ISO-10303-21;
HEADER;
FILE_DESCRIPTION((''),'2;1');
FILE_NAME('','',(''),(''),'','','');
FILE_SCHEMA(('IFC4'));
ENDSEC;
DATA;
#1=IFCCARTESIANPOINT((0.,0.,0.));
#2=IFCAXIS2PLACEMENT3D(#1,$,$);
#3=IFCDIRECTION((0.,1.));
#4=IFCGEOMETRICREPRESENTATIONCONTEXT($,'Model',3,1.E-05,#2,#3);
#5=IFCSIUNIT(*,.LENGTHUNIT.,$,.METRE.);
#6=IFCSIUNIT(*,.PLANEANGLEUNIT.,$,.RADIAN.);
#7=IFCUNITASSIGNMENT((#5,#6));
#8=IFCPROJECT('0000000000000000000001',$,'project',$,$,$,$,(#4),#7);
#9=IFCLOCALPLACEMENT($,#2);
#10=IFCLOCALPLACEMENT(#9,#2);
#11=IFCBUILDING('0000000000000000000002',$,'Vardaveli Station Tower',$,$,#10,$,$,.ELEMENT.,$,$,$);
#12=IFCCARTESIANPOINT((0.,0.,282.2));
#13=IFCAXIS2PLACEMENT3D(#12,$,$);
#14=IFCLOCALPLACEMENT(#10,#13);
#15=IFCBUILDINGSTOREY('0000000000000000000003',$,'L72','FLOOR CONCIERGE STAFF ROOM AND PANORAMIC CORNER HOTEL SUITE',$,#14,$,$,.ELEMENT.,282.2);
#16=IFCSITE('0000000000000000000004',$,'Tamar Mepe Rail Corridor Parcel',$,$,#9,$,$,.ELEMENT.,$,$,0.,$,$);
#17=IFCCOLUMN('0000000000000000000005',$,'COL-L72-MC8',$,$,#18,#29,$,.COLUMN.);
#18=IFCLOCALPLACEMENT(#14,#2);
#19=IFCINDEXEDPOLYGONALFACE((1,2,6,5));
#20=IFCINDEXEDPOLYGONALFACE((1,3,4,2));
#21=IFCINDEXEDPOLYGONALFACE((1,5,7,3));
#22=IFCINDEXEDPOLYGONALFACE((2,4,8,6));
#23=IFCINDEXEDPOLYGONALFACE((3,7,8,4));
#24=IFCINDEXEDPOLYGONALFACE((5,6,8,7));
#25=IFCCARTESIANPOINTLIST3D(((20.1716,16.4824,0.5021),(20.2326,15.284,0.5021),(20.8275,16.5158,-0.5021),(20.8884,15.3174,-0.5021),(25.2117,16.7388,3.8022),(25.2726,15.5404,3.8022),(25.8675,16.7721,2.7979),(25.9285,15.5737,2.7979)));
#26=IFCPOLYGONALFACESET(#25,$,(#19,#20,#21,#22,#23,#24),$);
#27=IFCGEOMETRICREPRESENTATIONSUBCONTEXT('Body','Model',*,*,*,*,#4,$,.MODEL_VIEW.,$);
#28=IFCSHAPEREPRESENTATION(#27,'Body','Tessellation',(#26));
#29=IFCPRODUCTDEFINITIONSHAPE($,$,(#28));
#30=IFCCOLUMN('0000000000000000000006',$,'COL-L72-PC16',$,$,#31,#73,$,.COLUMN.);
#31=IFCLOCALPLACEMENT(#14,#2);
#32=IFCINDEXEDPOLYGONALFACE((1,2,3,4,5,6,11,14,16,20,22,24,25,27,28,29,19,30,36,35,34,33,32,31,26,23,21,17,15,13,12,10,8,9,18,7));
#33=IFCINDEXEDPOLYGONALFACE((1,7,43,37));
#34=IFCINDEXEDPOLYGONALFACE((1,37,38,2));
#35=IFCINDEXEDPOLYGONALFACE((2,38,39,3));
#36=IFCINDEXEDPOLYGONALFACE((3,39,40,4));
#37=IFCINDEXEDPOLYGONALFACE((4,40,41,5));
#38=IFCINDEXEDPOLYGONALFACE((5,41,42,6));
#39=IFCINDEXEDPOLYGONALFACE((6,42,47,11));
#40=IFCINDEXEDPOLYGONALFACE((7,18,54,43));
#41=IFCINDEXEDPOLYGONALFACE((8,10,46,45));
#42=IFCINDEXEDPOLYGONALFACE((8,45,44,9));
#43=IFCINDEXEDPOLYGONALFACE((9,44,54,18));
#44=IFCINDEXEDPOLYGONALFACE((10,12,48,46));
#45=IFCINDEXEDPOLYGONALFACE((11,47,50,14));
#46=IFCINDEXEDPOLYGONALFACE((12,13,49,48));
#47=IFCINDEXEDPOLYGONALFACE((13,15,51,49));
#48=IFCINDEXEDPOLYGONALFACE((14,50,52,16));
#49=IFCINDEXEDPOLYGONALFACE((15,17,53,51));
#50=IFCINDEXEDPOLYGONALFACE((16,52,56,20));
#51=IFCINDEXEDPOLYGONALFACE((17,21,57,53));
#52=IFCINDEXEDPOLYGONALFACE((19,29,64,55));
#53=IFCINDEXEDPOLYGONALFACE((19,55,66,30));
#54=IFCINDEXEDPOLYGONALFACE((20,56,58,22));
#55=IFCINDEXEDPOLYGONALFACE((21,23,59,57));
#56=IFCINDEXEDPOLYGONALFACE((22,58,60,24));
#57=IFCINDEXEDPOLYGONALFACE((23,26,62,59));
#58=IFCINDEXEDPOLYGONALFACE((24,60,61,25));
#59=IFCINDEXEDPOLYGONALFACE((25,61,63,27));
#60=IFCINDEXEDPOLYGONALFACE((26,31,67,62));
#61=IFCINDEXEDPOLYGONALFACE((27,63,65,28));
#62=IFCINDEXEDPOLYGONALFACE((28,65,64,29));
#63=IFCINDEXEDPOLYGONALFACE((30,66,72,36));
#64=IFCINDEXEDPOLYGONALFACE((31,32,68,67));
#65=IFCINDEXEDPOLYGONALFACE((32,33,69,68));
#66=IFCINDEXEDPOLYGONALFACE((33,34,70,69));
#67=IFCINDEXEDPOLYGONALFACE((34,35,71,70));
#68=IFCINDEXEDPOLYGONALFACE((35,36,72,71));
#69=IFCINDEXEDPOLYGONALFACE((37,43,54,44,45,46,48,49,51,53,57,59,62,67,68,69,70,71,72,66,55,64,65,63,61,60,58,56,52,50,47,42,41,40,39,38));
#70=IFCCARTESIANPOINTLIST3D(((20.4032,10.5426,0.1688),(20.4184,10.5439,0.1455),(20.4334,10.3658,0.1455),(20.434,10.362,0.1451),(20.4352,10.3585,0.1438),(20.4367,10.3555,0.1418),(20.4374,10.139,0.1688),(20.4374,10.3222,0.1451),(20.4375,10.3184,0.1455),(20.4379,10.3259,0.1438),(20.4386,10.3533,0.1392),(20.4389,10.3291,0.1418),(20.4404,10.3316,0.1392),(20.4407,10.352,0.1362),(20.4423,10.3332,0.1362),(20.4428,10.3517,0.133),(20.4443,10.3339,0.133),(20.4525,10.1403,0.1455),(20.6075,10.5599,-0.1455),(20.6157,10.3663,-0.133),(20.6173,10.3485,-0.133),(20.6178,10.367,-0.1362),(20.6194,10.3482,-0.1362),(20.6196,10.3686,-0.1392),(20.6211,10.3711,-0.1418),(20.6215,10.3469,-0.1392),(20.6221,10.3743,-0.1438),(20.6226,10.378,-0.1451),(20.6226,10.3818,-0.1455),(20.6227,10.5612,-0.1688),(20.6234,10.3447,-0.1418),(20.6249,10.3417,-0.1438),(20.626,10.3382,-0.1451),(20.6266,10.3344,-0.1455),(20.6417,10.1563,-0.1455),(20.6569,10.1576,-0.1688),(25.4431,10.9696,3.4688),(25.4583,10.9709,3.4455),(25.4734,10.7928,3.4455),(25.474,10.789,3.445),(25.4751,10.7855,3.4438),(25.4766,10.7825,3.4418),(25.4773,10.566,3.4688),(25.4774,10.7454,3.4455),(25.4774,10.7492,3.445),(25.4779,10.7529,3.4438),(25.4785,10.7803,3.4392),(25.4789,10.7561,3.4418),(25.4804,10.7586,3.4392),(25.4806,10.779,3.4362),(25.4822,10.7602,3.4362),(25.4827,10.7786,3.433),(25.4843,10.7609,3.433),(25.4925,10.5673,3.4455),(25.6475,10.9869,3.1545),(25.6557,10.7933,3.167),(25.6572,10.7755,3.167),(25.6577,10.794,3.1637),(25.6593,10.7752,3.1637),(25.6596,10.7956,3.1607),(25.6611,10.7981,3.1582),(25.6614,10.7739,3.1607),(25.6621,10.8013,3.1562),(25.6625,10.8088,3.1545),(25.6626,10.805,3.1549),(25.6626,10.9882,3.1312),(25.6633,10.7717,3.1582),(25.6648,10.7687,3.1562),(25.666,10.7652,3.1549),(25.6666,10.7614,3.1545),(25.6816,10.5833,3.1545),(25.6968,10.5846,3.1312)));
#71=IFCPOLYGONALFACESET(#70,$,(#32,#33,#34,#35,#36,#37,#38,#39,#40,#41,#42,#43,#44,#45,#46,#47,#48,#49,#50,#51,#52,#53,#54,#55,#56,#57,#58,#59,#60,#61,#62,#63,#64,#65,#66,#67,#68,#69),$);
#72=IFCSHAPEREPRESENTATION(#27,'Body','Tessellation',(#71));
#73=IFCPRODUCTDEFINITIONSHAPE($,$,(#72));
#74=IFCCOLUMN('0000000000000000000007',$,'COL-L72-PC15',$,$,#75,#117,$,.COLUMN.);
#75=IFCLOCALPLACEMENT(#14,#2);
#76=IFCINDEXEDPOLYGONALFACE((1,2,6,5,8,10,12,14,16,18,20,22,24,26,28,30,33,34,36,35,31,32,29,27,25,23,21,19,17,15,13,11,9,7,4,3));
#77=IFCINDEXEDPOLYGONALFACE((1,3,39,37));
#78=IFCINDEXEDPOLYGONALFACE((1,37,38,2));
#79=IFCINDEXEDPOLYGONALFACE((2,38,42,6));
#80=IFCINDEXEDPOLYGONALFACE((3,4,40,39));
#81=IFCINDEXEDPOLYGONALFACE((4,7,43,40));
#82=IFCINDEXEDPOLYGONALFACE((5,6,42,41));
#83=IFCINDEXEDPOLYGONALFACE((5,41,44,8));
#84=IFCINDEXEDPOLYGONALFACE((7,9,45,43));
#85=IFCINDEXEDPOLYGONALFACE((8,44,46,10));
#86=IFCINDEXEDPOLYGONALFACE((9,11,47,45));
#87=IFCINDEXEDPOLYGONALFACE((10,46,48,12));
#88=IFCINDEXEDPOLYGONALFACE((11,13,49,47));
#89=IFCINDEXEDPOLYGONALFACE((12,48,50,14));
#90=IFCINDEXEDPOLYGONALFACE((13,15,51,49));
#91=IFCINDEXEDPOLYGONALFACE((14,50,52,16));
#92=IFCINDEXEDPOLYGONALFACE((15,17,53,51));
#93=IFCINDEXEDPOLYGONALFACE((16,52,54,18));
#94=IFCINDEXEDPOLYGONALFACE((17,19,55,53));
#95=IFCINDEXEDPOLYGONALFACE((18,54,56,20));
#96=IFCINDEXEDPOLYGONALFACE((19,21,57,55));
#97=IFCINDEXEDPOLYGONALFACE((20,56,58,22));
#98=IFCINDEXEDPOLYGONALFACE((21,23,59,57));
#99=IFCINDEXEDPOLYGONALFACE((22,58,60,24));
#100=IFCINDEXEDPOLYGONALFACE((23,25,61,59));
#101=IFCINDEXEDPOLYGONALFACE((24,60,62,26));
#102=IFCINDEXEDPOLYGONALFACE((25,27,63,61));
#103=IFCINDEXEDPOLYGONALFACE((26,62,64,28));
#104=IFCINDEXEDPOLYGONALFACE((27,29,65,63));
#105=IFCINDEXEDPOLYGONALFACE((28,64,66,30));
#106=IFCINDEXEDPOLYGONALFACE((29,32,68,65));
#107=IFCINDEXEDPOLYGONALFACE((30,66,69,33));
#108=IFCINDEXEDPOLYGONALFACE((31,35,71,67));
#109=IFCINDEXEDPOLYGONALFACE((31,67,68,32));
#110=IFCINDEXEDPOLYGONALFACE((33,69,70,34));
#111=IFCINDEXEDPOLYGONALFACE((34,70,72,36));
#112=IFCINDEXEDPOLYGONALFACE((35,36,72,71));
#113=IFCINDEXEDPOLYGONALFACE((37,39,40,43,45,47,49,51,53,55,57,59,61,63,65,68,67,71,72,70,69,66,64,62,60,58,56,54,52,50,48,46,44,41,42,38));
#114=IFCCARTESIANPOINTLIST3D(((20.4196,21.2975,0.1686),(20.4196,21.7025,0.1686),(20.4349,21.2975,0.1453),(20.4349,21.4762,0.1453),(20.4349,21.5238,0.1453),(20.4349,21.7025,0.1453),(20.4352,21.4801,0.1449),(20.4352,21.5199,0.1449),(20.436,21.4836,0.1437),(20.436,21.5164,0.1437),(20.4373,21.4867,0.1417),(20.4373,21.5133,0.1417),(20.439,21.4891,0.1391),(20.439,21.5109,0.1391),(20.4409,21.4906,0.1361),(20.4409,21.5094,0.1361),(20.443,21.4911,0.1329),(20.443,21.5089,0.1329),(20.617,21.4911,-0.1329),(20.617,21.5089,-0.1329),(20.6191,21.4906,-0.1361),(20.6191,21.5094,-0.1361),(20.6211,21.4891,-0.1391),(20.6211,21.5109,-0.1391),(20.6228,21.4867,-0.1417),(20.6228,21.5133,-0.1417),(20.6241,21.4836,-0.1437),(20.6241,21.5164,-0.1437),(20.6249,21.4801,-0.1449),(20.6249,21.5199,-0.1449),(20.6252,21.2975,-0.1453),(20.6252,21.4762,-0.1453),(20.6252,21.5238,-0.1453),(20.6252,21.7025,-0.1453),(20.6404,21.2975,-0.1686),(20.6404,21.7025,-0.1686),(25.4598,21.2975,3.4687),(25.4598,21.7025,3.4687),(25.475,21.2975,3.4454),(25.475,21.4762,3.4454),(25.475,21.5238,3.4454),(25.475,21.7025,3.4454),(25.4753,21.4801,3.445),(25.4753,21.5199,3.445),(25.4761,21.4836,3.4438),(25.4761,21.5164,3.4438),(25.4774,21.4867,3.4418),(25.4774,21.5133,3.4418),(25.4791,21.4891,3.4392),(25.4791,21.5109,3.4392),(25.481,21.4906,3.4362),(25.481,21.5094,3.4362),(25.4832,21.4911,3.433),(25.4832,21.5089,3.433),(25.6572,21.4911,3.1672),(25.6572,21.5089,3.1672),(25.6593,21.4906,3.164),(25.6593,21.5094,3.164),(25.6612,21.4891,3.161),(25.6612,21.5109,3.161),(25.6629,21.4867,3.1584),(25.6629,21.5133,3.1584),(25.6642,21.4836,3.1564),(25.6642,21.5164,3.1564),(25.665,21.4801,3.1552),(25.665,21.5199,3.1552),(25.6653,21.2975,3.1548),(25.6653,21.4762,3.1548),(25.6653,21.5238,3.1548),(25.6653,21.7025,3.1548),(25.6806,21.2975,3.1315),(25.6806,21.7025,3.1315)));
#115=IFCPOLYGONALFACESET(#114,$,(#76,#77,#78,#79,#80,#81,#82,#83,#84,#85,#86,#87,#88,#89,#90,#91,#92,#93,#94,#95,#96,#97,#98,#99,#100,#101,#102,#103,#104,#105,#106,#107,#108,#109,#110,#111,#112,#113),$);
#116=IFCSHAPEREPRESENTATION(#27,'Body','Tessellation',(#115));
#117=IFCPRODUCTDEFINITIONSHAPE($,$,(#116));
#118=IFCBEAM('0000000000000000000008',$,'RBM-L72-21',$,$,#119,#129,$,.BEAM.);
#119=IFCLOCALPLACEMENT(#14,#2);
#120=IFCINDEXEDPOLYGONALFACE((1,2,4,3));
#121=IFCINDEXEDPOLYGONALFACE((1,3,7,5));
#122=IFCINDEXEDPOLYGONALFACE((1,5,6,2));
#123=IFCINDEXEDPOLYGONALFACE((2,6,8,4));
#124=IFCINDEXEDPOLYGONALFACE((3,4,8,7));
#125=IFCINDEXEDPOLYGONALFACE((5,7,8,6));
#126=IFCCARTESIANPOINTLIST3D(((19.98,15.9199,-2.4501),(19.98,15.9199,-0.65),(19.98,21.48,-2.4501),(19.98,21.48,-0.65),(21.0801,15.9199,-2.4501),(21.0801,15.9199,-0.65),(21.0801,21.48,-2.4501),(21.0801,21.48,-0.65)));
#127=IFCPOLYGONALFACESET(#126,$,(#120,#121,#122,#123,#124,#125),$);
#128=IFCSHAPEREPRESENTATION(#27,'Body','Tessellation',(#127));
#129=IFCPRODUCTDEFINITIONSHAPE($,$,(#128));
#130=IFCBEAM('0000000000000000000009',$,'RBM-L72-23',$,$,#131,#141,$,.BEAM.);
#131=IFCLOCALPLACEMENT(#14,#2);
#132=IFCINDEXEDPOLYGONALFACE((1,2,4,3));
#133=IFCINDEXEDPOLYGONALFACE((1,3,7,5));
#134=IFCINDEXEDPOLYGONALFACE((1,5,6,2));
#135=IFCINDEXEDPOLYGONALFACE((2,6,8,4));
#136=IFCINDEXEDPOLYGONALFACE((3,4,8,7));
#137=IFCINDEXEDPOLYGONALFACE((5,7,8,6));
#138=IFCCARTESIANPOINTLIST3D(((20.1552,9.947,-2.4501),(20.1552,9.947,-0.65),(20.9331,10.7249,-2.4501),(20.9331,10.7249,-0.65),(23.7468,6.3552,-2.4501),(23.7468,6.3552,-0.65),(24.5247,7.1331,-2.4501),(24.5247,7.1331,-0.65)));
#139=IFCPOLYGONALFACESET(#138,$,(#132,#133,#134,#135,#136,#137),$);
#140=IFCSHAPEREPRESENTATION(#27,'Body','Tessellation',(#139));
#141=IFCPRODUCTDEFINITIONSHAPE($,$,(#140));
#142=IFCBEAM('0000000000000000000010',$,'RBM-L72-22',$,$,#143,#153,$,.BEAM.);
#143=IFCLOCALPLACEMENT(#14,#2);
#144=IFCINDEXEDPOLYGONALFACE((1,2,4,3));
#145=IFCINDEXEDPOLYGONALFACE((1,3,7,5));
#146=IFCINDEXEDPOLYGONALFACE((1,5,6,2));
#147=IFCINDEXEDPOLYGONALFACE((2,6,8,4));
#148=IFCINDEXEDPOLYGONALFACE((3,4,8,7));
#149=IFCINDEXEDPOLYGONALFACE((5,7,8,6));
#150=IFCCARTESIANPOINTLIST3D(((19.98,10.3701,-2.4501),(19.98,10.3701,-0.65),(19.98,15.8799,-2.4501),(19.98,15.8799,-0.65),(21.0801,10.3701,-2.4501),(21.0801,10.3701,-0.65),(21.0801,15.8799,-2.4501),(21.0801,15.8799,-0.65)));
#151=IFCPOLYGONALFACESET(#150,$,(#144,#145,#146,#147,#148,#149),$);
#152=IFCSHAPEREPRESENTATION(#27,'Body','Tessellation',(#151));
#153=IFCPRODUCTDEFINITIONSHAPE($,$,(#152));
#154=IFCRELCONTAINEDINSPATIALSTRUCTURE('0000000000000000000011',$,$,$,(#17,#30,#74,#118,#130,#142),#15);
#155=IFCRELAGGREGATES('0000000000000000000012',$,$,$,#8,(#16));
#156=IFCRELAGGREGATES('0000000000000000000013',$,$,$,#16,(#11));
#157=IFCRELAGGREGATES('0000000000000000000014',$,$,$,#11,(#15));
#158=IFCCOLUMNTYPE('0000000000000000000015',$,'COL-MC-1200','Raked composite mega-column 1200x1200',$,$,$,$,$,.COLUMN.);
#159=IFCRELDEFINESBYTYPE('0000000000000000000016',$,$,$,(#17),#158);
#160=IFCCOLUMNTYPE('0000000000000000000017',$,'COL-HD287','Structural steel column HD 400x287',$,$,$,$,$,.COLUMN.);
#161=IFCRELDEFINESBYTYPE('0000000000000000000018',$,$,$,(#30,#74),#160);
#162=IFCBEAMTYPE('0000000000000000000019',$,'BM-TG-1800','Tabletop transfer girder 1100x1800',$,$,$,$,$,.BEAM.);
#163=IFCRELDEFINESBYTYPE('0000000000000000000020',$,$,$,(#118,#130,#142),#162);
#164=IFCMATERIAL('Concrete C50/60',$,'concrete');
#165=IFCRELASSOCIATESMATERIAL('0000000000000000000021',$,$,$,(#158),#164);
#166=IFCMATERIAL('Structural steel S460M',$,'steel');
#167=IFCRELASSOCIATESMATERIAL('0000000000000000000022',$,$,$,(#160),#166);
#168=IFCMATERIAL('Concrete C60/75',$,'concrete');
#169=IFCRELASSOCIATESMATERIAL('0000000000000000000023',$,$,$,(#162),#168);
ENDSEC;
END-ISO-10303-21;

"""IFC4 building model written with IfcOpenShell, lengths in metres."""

from ifc_helpers import new_model, si_unit, direction, frame, origin, origin_2d, place, context, subcontext, project, spatial, rectangle, i_section, extrude, source, transform, mapped, material, material_profile, profile_set, type_object, element, save


model = new_model("IFC4")

# Units and contexts
model_context = context("Model", 3, precision=1e-05, world=origin(), true_north=direction((0.0, 1.0)))
body_context = subcontext(model_context, "Body", "Model", "MODEL_VIEW")
ifc_project = project(units=[si_unit("LENGTHUNIT", "METRE"), si_unit("PLANEANGLEUNIT", "RADIAN")], contexts=[model_context])

# Site, building, storey
site_placement = place(None, origin())
site = spatial("IfcSite", under=ifc_project, at=site_placement, Name="Tamar Mepe Rail Corridor Parcel", CompositionType="ELEMENT", RefElevation=0.0)
building_placement = place(site_placement, origin())
building = spatial("IfcBuilding", under=site, at=building_placement, Name="Vardaveli Station Tower", CompositionType="ELEMENT")
storey_placement = place(building_placement, frame((0.0, 0.0, 282.2)))
storey = spatial("IfcBuildingStorey", under=building, at=storey_placement, Name="L72", Description="FLOOR CONCIERGE STAFF ROOM AND PANORAMIC CORNER HOTEL SUITE", CompositionType="ELEMENT", Elevation=282.2)

# Columns
ifc_material_1 = material(Name="Concrete C50/60", Category="concrete")
ifc_material_profile_1 = material_profile(ifc_material_1, rectangle(XDim=1.2, YDim=1.2, at=origin_2d()), Name="MC 1200x1200")
ifc_profile_set_1 = profile_set([ifc_material_profile_1], Name="Concrete C50/60")
column_type_1 = type_object("IfcColumnType", Name="COL-MC-1200", Description="Raked composite mega-column 1200x1200", PredefinedType="COLUMN", material=ifc_profile_set_1)
shared_shape_1 = source(origin(), body_context, "Body", "SweptSolid", [
    extrude(rectangle(XDim=1.2, YDim=1.2, at=origin_2d()), origin(), (0.0, 0.0, 1.0), 6.0298),
])
column_1_placement = place(storey_placement, frame((20.53, 15.8999, 0.0), z_axis=(0.83586, 0.042514, 0.547293), x_axis=(-0.050797, 0.998709, 0.0)))
element("IfcColumn", 1, at=column_1_placement, inside=storey, type_object=column_type_1, Name="COL-L72-MC8", PredefinedType="COLUMN", context=body_context, shape_type="MappedRepresentation", body=[
    mapped(shared_shape_1, transform((0.0, 0.0, 0.0), scale=1.0)),
])
ifc_material_2 = material(Name="Structural steel S460M", Category="steel")
ifc_material_profile_2 = material_profile(ifc_material_2, i_section(OverallWidth=0.405, OverallDepth=0.4031, WebThickness=0.0178, FlangeThickness=0.0278, FilletRadius=0.0149, at=origin_2d()), Name="HD 400x287")
ifc_profile_set_2 = profile_set([ifc_material_profile_2], Name="Structural steel S460M")
column_type_2 = type_object("IfcColumnType", Name="COL-HD287", Description="Structural steel column HD 400x287", PredefinedType="COLUMN", material=ifc_profile_set_2)
shared_shape_2 = source(origin(), body_context, "Body", "SweptSolid", [
    extrude(i_section(OverallWidth=0.405, OverallDepth=0.4031, WebThickness=0.0178, FlangeThickness=0.0278, FilletRadius=0.0149, at=origin_2d()), origin(), (0.0, 0.0, 1.0), 6.0393),
])
column_2_placement = place(storey_placement, frame((20.53, 10.3501, 0.0), z_axis=(0.834523, 0.070702, 0.546418), x_axis=(-0.08442, 0.99643, 0.0)))
element("IfcColumn", 2, at=column_2_placement, inside=storey, type_object=column_type_2, Name="COL-L72-PC16", PredefinedType="COLUMN", context=body_context, shape_type="MappedRepresentation", body=[
    mapped(shared_shape_2, transform((0.0, 0.0, 0.0), scale=1.0)),
])
shared_shape_3 = source(origin(), body_context, "Body", "SweptSolid", [
    extrude(i_section(OverallWidth=0.405, OverallDepth=0.4031, WebThickness=0.0178, FlangeThickness=0.0278, FilletRadius=0.0149, at=origin_2d()), origin(), (0.0, 0.0, 1.0), 6.0244),
])
column_3_placement = place(storey_placement, frame((20.53, 21.5, 0.0), z_axis=(0.836617, 0.0, 0.547789), x_axis=(0.0, 1.0, 0.0)))
element("IfcColumn", 3, at=column_3_placement, inside=storey, type_object=column_type_2, Name="COL-L72-PC15", PredefinedType="COLUMN", context=body_context, shape_type="MappedRepresentation", body=[
    mapped(shared_shape_3, transform((0.0, 0.0, 0.0), scale=1.0)),
])

# Beams
ifc_material_3 = material(Name="Concrete C60/75", Category="concrete")
ifc_material_profile_3 = material_profile(ifc_material_3, rectangle(XDim=1.1001, YDim=1.8, at=origin_2d()), Name="TG 1100x1800")
ifc_profile_set_3 = profile_set([ifc_material_profile_3], Name="Concrete C60/75")
beam_type_1 = type_object("IfcBeamType", Name="BM-TG-1800", Description="Tabletop transfer girder 1100x1800", PredefinedType="BEAM", material=ifc_profile_set_3)
shared_shape_4 = source(origin(), body_context, "Body", "SweptSolid", [
    extrude(rectangle(XDim=1.1001, YDim=1.8, at=origin_2d()), origin(), (0.0, 0.0, 1.0), 5.5601),
])
beam_1_placement = place(storey_placement, frame((20.53, 21.48, -1.55), z_axis=(0.0, -1.0, 0.0), x_axis=(1.0, 0.0, 0.0)))
element("IfcBeam", 4, at=beam_1_placement, inside=storey, type_object=beam_type_1, Name="RBM-L72-21", PredefinedType="BEAM", context=body_context, shape_type="MappedRepresentation", body=[
    mapped(shared_shape_4, transform((0.0, 0.0, 0.0), scale=1.0)),
])
shared_shape_5 = source(origin(), body_context, "Body", "SweptSolid", [
    extrude(rectangle(XDim=1.1001, YDim=1.8, at=origin_2d()), origin(), (0.0, 0.0, 1.0), 5.0793),
])
beam_2_placement = place(storey_placement, frame((20.5442, 10.3359, -1.55), z_axis=(0.707083, -0.707131, 0.0), x_axis=(0.707131, 0.707083, 0.0)))
element("IfcBeam", 5, at=beam_2_placement, inside=storey, type_object=beam_type_1, Name="RBM-L72-23", PredefinedType="BEAM", context=body_context, shape_type="MappedRepresentation", body=[
    mapped(shared_shape_5, transform((0.0, 0.0, 0.0), scale=1.0)),
])
shared_shape_6 = source(origin(), body_context, "Body", "SweptSolid", [
    extrude(rectangle(XDim=1.1001, YDim=1.8, at=origin_2d()), origin(), (0.0, 0.0, 1.0), 5.5098),
])
beam_3_placement = place(storey_placement, frame((20.53, 15.8799, -1.55), z_axis=(0.0, -1.0, 0.0), x_axis=(1.0, 0.0, 0.0)))
element("IfcBeam", 6, at=beam_3_placement, inside=storey, type_object=beam_type_1, Name="RBM-L72-22", PredefinedType="BEAM", context=body_context, shape_type="MappedRepresentation", body=[
    mapped(shared_shape_6, transform((0.0, 0.0, 0.0), scale=1.0)),
])

save(model, "model.ifc")
